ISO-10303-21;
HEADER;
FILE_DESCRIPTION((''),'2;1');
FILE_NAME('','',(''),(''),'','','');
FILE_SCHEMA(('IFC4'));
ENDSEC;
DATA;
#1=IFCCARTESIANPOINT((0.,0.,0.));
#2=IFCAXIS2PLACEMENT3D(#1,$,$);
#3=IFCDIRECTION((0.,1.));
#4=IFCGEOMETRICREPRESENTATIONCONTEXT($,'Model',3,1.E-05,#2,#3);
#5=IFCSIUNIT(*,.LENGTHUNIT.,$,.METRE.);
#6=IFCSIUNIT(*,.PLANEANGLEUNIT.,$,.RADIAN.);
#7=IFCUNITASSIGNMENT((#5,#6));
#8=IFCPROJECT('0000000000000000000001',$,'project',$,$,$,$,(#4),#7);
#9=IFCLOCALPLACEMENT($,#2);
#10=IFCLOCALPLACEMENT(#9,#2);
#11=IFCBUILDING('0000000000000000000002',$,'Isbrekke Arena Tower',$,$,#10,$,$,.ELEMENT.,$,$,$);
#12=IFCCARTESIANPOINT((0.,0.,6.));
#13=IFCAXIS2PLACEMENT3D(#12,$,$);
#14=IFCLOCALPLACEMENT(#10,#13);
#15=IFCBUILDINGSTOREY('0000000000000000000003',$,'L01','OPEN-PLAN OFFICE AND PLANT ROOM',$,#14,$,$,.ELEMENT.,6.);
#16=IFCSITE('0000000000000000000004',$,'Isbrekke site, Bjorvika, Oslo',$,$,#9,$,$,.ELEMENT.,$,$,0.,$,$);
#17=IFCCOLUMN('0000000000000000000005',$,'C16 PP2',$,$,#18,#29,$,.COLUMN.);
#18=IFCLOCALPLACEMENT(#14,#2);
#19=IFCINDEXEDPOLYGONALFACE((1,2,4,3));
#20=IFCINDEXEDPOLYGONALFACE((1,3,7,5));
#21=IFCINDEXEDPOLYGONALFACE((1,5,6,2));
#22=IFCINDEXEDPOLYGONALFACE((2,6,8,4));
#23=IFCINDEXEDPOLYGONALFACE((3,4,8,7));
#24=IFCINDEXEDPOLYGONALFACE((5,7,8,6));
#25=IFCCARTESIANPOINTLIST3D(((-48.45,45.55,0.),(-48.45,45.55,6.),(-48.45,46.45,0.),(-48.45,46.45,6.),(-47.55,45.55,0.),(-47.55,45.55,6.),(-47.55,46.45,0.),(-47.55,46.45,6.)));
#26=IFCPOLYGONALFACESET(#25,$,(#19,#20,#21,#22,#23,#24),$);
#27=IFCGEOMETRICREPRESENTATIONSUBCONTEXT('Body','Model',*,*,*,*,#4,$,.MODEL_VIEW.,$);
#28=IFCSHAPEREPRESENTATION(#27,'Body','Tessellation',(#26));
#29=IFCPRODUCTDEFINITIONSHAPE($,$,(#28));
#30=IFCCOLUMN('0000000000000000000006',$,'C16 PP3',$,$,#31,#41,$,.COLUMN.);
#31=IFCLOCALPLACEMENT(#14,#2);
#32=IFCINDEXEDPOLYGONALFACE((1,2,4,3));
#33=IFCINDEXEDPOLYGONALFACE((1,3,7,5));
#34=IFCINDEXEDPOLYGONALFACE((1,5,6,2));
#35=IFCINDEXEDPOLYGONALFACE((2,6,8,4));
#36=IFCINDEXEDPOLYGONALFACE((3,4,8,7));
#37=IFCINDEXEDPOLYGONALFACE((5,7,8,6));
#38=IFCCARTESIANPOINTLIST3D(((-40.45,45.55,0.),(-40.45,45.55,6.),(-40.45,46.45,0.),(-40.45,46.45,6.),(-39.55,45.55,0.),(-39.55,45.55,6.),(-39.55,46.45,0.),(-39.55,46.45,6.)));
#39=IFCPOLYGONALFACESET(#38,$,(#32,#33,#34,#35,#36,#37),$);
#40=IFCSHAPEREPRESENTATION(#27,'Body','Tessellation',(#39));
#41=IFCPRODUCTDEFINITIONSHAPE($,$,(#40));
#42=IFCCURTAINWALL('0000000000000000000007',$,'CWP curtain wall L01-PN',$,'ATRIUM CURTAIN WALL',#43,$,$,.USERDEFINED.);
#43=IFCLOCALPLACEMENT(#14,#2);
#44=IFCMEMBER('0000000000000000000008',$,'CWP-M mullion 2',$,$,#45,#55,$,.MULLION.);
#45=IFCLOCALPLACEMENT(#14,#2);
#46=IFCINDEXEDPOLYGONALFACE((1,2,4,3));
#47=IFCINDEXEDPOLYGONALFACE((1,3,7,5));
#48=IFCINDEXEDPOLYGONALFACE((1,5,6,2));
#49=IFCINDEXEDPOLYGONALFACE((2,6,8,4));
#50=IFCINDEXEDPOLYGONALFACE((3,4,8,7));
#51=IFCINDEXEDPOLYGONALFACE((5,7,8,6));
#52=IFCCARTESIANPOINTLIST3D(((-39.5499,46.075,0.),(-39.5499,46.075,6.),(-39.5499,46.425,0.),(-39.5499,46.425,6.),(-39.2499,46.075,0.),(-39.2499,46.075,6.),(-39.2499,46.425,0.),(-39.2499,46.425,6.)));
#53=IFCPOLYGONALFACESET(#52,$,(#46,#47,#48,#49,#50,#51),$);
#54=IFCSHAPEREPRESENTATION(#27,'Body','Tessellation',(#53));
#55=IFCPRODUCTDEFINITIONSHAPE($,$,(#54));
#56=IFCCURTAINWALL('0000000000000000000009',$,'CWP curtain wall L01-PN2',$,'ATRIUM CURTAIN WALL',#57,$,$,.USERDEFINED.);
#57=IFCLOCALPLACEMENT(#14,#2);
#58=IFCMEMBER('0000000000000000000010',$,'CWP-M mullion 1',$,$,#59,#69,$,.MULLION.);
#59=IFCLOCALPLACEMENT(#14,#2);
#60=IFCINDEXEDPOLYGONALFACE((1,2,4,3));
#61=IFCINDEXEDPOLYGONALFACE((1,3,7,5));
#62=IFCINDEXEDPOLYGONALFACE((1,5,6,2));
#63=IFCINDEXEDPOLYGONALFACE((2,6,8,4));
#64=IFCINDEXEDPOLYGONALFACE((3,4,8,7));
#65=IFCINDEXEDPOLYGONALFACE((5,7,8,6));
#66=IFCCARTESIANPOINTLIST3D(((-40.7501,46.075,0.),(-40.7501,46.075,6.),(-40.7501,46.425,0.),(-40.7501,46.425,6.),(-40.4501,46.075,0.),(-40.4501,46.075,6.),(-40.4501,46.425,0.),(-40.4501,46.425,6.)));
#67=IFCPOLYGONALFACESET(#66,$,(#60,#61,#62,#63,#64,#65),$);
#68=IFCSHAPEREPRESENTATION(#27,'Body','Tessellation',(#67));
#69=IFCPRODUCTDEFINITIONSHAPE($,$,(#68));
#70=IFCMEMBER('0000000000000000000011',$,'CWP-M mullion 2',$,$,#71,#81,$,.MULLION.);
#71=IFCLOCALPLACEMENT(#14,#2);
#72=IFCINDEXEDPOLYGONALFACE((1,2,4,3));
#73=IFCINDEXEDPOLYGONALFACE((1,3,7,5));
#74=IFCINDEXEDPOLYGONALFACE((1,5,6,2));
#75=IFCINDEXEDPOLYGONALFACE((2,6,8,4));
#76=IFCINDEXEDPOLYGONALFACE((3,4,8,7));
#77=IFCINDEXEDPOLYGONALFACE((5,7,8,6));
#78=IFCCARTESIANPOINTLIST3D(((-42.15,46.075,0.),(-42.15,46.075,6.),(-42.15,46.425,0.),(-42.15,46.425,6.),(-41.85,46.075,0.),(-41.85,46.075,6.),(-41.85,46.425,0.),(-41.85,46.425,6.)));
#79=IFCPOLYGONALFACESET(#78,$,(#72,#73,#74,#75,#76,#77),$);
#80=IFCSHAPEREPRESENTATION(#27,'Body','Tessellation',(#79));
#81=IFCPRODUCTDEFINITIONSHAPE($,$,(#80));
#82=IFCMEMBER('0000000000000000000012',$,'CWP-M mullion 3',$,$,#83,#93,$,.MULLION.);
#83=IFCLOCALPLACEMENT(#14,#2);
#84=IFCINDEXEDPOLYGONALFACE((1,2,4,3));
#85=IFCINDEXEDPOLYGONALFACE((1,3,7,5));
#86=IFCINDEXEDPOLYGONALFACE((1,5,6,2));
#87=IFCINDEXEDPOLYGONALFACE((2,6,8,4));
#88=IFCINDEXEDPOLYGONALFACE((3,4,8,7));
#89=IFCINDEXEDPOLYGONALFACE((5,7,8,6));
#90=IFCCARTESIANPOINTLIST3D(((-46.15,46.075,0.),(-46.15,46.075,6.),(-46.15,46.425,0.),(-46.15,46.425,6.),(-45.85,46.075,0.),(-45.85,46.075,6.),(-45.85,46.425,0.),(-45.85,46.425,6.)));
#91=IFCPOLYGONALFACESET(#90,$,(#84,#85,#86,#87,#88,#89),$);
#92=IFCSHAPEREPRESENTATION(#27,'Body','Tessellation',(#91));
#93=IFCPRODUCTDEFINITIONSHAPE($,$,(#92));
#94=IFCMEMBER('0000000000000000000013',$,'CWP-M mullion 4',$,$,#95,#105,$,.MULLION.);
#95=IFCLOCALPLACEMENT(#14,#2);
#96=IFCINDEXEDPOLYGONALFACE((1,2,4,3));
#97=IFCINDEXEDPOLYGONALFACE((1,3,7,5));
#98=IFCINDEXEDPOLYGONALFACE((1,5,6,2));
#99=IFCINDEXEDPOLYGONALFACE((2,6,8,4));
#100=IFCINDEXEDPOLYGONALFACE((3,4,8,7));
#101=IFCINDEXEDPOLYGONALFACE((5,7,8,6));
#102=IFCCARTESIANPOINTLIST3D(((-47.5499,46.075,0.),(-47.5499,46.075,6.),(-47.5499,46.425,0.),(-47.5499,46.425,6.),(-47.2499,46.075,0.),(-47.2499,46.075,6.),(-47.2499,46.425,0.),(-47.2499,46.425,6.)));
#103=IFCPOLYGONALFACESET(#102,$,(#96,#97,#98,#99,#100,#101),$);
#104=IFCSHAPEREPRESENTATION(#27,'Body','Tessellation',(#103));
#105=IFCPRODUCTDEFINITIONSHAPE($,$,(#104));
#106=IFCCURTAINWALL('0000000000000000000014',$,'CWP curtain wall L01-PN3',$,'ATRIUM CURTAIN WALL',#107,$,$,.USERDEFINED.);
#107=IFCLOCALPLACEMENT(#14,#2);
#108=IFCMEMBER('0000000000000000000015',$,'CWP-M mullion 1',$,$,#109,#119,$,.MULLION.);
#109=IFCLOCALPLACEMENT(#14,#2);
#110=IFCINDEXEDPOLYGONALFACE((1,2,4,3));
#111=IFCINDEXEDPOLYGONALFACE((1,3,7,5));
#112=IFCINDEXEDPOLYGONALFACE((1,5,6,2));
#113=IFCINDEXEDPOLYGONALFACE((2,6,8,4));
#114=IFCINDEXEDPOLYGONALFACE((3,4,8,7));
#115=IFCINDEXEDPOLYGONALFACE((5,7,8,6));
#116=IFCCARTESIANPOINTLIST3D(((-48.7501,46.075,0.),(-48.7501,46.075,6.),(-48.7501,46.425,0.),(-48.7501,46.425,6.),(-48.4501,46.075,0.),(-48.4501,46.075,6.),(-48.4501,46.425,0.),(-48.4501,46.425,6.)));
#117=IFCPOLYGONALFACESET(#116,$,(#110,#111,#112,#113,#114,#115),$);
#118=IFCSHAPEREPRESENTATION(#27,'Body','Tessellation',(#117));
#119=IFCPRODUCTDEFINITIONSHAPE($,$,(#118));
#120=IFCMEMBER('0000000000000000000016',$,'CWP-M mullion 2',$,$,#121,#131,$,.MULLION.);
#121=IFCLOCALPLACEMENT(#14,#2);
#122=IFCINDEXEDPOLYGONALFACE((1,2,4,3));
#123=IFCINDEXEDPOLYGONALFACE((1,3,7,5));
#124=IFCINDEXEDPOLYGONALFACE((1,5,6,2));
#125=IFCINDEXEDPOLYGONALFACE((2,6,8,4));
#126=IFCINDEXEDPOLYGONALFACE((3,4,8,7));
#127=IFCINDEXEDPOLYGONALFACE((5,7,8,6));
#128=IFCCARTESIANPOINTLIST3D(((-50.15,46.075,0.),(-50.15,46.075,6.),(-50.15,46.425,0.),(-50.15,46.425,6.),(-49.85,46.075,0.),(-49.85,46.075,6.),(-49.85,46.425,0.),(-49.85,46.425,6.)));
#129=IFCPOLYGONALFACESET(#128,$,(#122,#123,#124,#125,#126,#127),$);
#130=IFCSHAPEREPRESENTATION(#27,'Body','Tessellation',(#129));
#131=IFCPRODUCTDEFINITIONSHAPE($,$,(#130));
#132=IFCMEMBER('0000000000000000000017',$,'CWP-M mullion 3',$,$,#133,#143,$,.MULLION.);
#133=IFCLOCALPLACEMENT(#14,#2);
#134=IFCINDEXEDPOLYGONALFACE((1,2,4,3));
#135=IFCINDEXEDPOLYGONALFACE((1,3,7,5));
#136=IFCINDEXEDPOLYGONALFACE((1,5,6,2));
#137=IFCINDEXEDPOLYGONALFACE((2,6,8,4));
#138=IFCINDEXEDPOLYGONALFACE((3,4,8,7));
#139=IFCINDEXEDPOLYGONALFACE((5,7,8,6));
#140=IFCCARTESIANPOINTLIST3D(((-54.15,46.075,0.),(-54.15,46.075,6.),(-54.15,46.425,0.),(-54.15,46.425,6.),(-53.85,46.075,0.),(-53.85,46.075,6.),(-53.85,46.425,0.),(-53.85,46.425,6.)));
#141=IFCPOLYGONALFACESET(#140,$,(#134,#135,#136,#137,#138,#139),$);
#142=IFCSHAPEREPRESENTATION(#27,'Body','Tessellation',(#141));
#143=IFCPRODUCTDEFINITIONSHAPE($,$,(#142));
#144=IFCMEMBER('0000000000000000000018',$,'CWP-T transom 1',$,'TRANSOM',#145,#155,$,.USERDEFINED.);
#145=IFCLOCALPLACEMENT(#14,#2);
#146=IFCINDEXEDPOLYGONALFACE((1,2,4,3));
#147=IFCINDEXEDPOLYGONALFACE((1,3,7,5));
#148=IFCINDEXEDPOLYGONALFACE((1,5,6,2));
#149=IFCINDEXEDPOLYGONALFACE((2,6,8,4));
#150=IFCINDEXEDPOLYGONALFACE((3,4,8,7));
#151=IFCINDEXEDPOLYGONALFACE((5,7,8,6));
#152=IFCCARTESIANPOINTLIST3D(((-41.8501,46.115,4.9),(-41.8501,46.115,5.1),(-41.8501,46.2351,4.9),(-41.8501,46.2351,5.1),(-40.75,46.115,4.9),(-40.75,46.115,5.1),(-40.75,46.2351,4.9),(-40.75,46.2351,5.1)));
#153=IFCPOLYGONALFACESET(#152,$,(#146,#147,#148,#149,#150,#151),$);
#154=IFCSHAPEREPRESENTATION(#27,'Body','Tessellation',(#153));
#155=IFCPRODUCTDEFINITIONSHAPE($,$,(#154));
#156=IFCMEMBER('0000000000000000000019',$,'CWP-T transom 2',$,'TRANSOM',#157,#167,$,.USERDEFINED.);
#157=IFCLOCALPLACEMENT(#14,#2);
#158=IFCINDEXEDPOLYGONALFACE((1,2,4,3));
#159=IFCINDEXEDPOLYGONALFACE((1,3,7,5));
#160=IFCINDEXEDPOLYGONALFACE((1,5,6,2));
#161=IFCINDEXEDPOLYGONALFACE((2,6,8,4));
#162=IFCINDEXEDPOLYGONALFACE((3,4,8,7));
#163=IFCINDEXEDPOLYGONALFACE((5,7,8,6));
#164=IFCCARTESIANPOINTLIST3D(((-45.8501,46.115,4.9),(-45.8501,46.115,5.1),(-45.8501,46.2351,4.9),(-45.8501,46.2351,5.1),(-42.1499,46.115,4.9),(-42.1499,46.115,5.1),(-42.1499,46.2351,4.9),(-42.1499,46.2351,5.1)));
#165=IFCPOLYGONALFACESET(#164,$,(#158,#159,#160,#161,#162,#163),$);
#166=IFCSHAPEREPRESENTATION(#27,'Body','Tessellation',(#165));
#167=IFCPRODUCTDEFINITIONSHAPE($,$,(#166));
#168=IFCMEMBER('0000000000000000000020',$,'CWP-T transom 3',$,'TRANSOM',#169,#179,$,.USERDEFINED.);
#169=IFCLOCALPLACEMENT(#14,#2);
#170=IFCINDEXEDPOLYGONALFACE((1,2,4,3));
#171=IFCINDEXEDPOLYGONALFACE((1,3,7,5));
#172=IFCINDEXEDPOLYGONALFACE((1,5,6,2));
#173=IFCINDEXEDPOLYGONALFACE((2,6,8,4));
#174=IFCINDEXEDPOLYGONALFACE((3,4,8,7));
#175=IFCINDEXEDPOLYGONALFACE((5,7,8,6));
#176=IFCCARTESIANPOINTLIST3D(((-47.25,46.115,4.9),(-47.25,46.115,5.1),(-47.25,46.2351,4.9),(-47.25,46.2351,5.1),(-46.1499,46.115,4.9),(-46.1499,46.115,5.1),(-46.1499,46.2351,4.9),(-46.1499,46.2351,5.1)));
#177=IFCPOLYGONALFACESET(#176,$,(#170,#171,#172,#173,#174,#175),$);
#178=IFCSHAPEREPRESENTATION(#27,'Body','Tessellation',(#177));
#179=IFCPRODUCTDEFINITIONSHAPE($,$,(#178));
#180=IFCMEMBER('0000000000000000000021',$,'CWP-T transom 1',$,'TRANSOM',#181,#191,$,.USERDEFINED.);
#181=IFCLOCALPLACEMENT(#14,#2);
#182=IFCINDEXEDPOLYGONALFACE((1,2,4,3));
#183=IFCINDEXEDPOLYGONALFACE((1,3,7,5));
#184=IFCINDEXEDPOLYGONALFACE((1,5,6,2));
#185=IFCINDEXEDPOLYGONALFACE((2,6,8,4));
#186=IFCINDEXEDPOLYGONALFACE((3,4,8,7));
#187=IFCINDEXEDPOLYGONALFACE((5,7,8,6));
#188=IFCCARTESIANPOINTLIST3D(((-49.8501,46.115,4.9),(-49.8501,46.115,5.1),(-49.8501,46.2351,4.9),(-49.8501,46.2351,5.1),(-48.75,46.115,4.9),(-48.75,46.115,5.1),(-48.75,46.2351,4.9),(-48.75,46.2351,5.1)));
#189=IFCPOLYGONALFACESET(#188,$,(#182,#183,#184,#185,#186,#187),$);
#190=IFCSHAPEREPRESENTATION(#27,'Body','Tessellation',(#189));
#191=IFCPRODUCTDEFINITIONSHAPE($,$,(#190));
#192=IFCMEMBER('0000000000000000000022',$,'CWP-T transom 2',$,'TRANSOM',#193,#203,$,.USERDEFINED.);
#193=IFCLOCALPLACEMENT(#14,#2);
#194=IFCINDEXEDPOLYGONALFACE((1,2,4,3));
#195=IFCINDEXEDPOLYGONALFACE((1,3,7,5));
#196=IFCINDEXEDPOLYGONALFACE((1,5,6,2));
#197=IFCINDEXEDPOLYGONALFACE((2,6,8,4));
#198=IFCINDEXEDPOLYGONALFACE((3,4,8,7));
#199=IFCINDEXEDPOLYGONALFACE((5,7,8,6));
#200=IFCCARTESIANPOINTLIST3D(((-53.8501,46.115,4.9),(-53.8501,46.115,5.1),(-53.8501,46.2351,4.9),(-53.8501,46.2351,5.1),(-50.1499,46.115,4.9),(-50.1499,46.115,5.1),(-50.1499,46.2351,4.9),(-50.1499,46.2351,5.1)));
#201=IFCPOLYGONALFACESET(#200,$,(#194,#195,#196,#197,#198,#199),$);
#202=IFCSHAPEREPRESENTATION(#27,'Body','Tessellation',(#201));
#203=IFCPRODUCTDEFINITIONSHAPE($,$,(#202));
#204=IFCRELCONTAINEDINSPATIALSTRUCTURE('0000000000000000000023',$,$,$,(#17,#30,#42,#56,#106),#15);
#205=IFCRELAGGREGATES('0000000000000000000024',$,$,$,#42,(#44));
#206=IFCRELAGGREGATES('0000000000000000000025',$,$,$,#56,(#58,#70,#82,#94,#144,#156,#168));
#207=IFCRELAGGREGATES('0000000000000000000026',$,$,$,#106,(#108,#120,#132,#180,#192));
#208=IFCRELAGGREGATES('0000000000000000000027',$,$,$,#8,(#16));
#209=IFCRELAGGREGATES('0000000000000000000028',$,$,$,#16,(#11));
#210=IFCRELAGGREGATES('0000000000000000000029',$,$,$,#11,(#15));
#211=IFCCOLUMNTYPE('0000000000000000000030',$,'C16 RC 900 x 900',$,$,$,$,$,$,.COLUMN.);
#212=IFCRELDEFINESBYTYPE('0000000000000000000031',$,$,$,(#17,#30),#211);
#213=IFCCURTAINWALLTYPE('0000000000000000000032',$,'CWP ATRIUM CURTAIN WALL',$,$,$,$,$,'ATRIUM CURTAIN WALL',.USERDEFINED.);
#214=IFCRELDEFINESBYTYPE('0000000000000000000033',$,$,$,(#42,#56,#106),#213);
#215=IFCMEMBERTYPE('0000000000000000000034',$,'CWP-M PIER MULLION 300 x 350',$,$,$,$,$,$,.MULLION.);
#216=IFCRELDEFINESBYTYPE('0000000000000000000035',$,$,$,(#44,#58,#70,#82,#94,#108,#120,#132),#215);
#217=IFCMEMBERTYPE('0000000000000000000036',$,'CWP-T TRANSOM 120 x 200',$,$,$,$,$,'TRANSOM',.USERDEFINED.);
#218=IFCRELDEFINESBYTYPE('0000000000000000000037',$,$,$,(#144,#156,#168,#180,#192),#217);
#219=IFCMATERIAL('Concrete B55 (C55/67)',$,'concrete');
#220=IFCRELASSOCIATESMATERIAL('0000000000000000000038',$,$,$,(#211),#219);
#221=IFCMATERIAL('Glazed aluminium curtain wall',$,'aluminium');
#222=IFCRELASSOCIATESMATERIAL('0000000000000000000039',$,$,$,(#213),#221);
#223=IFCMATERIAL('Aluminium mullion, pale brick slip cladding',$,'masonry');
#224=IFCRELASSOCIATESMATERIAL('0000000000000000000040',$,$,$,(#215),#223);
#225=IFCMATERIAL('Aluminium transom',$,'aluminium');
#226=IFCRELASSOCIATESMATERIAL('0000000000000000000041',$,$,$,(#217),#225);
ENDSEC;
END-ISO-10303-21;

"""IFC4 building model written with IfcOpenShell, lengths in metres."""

from ifc_helpers import new_model, si_unit, direction, frame, origin, origin_2d, place, context, subcontext, project, spatial, rectangle, extrude, material, material_profile, profile_set, type_object, element, aggregate, save


model = new_model("IFC4")

# Units and contexts
model_context = context("Model", 3, precision=1e-05, world=origin(), true_north=direction((0.0, 1.0)))
body_context = subcontext(model_context, "Body", "Model", "MODEL_VIEW")
ifc_project = project(units=[si_unit("LENGTHUNIT", "METRE"), si_unit("PLANEANGLEUNIT", "RADIAN")], contexts=[model_context])

# Site, building, storey
site_placement = place(None, origin())
site = spatial("IfcSite", under=ifc_project, at=site_placement, Name="Isbrekke site, Bjorvika, Oslo", CompositionType="ELEMENT", RefElevation=0.0)
building_placement = place(site_placement, origin())
building = spatial("IfcBuilding", under=site, at=building_placement, Name="Isbrekke Arena Tower", CompositionType="ELEMENT")
storey_placement = place(building_placement, frame((0.0, 0.0, 6.0)))
storey = spatial("IfcBuildingStorey", under=building, at=storey_placement, Name="L01", Description="OPEN-PLAN OFFICE AND PLANT ROOM", CompositionType="ELEMENT", Elevation=6.0)

# Columns
ifc_material_1 = material(Name="Concrete B55 (C55/67)", Category="concrete")
ifc_material_profile_1 = material_profile(ifc_material_1, rectangle(XDim=0.8999, YDim=0.8999, at=origin_2d()), Name="RC 900x900")
ifc_profile_set_1 = profile_set([ifc_material_profile_1], Name="Concrete B55 (C55/67)")
column_type = type_object("IfcColumnType", Name="C16 RC 900 x 900", PredefinedType="COLUMN", material=ifc_profile_set_1)
for number, where, z_axis, x_axis, name in (
    (1, (-48.0, 46.0, 0.0), (0.0, 0.0, 1.0), (1.0, 0.0, 0.0), "C16 PP2"),
    (2, (-40.0, 46.0, 0.0), (0.0, 0.0, 1.0), (1.0, 0.0, 0.0), "C16 PP3"),
):
    element("IfcColumn", number, at=place(storey_placement, frame(where, z_axis=z_axis, x_axis=x_axis)), inside=storey, type_object=column_type, Name=name, PredefinedType="COLUMN", context=body_context, shape_type="SweptSolid", body=[
        extrude(rectangle(XDim=0.8999, YDim=0.8999, at=origin_2d()), origin(), (0.0, 0.0, 1.0), 6.0),
    ])

# Curtain wall, member
ifc_material_2 = material(Name="Glazed aluminium curtain wall", Category="aluminium")
curtain_wall_type = type_object("IfcCurtainWallType", Name="CWP ATRIUM CURTAIN WALL", ElementType="ATRIUM CURTAIN WALL", PredefinedType="USERDEFINED", material=ifc_material_2)
curtain_wall_1_placement = place(storey_placement, origin())
curtain_wall_1 = element("IfcCurtainWall", 3, at=curtain_wall_1_placement, inside=storey, type_object=curtain_wall_type, Name="CWP curtain wall L01-PN", ObjectType="ATRIUM CURTAIN WALL", PredefinedType="USERDEFINED")
ifc_material_3 = material(Name="Aluminium mullion, pale brick slip cladding", Category="masonry")
ifc_material_profile_2 = material_profile(ifc_material_3, rectangle(XDim=0.3, YDim=0.3501, at=origin_2d()), Name="PIER 300X350")
ifc_profile_set_2 = profile_set([ifc_material_profile_2], Name="Aluminium mullion, pale brick slip cladding")
member_type_1 = type_object("IfcMemberType", Name="CWP-M PIER MULLION 300 x 350", PredefinedType="MULLION", material=ifc_profile_set_2)
member_1_placement = place(storey_placement, frame((-39.3999, 46.25, 0.0), z_axis=(0.0, 0.0, 1.0), x_axis=(-1.0, 0.0, 0.0)))
member_1 = element("IfcMember", 4, at=member_1_placement, type_object=member_type_1, Name="CWP-M mullion 2", PredefinedType="MULLION", context=body_context, shape_type="SweptSolid", body=[
    extrude(rectangle(XDim=0.3, YDim=0.3501, at=origin_2d()), origin(), (0.0, 0.0, 1.0), 6.0),
])
aggregate(curtain_wall_1, [member_1])

# Curtain walls, members
curtain_wall_2_placement = place(storey_placement, origin())
curtain_wall_2 = element("IfcCurtainWall", 5, at=curtain_wall_2_placement, inside=storey, type_object=curtain_wall_type, Name="CWP curtain wall L01-PN2", ObjectType="ATRIUM CURTAIN WALL", PredefinedType="USERDEFINED")
member_2_placement = place(storey_placement, frame((-40.6001, 46.25, 0.0), z_axis=(0.0, 0.0, 1.0), x_axis=(-1.0, 0.0, 0.0)))
member_2 = element("IfcMember", 6, at=member_2_placement, type_object=member_type_1, Name="CWP-M mullion 1", PredefinedType="MULLION", context=body_context, shape_type="SweptSolid", body=[
    extrude(rectangle(XDim=0.3, YDim=0.3501, at=origin_2d()), origin(), (0.0, 0.0, 1.0), 6.0),
])
member_3_placement = place(storey_placement, frame((-42.0, 46.25, 0.0), z_axis=(0.0, 0.0, 1.0), x_axis=(-1.0, 0.0, 0.0)))
member_3 = element("IfcMember", 7, at=member_3_placement, type_object=member_type_1, Name="CWP-M mullion 2", PredefinedType="MULLION", context=body_context, shape_type="SweptSolid", body=[
    extrude(rectangle(XDim=0.3, YDim=0.3501, at=origin_2d()), origin(), (0.0, 0.0, 1.0), 6.0),
])
member_4_placement = place(storey_placement, frame((-46.0, 46.25, 0.0), z_axis=(0.0, 0.0, 1.0), x_axis=(-1.0, 0.0, 0.0)))
member_4 = element("IfcMember", 8, at=member_4_placement, type_object=member_type_1, Name="CWP-M mullion 3", PredefinedType="MULLION", context=body_context, shape_type="SweptSolid", body=[
    extrude(rectangle(XDim=0.3, YDim=0.3501, at=origin_2d()), origin(), (0.0, 0.0, 1.0), 6.0),
])
member_5_placement = place(storey_placement, frame((-47.3999, 46.25, 0.0), z_axis=(0.0, 0.0, 1.0), x_axis=(-1.0, 0.0, 0.0)))
member_5 = element("IfcMember", 9, at=member_5_placement, type_object=member_type_1, Name="CWP-M mullion 4", PredefinedType="MULLION", context=body_context, shape_type="SweptSolid", body=[
    extrude(rectangle(XDim=0.3, YDim=0.3501, at=origin_2d()), origin(), (0.0, 0.0, 1.0), 6.0),
])
curtain_wall_3_placement = place(storey_placement, origin())
curtain_wall_3 = element("IfcCurtainWall", 10, at=curtain_wall_3_placement, inside=storey, type_object=curtain_wall_type, Name="CWP curtain wall L01-PN3", ObjectType="ATRIUM CURTAIN WALL", PredefinedType="USERDEFINED")
member_6_placement = place(storey_placement, frame((-48.6001, 46.25, 0.0), z_axis=(0.0, 0.0, 1.0), x_axis=(-1.0, 0.0, 0.0)))
member_6 = element("IfcMember", 11, at=member_6_placement, type_object=member_type_1, Name="CWP-M mullion 1", PredefinedType="MULLION", context=body_context, shape_type="SweptSolid", body=[
    extrude(rectangle(XDim=0.3, YDim=0.3501, at=origin_2d()), origin(), (0.0, 0.0, 1.0), 6.0),
])
member_7_placement = place(storey_placement, frame((-50.0, 46.25, 0.0), z_axis=(0.0, 0.0, 1.0), x_axis=(-1.0, 0.0, 0.0)))
member_7 = element("IfcMember", 12, at=member_7_placement, type_object=member_type_1, Name="CWP-M mullion 2", PredefinedType="MULLION", context=body_context, shape_type="SweptSolid", body=[
    extrude(rectangle(XDim=0.3, YDim=0.3501, at=origin_2d()), origin(), (0.0, 0.0, 1.0), 6.0),
])
member_8_placement = place(storey_placement, frame((-54.0, 46.25, 0.0), z_axis=(0.0, 0.0, 1.0), x_axis=(-1.0, 0.0, 0.0)))
member_8 = element("IfcMember", 13, at=member_8_placement, type_object=member_type_1, Name="CWP-M mullion 3", PredefinedType="MULLION", context=body_context, shape_type="SweptSolid", body=[
    extrude(rectangle(XDim=0.3, YDim=0.3501, at=origin_2d()), origin(), (0.0, 0.0, 1.0), 6.0),
])

# Members
ifc_material_4 = material(Name="Aluminium transom", Category="aluminium")
ifc_material_profile_3 = material_profile(ifc_material_4, rectangle(XDim=0.1201, YDim=0.2, at=origin_2d()), Name="TRANSOM 120X200")
ifc_profile_set_3 = profile_set([ifc_material_profile_3], Name="Aluminium transom")
member_type_2 = type_object("IfcMemberType", Name="CWP-T TRANSOM 120 x 200", ElementType="TRANSOM", PredefinedType="USERDEFINED", material=ifc_profile_set_3)
member_9_placement = place(storey_placement, frame((-40.75, 46.175, 5.0), z_axis=(-1.0, 0.0, 0.0), x_axis=(0.0, -1.0, 0.0)))
member_9 = element("IfcMember", 14, at=member_9_placement, type_object=member_type_2, Name="CWP-T transom 1", ObjectType="TRANSOM", PredefinedType="USERDEFINED", context=body_context, shape_type="SweptSolid", body=[
    extrude(rectangle(XDim=0.1201, YDim=0.2, at=origin_2d()), origin(), (0.0, 0.0, 1.0), 1.1001),
])
member_10_placement = place(storey_placement, frame((-42.1499, 46.175, 5.0), z_axis=(-1.0, 0.0, 0.0), x_axis=(0.0, -1.0, 0.0)))
member_10 = element("IfcMember", 15, at=member_10_placement, type_object=member_type_2, Name="CWP-T transom 2", ObjectType="TRANSOM", PredefinedType="USERDEFINED", context=body_context, shape_type="SweptSolid", body=[
    extrude(rectangle(XDim=0.1201, YDim=0.2, at=origin_2d()), origin(), (0.0, 0.0, 1.0), 3.7002),
])
member_11_placement = place(storey_placement, frame((-46.1499, 46.175, 5.0), z_axis=(-1.0, 0.0, 0.0), x_axis=(0.0, -1.0, 0.0)))
member_11 = element("IfcMember", 16, at=member_11_placement, type_object=member_type_2, Name="CWP-T transom 3", ObjectType="TRANSOM", PredefinedType="USERDEFINED", context=body_context, shape_type="SweptSolid", body=[
    extrude(rectangle(XDim=0.1201, YDim=0.2, at=origin_2d()), origin(), (0.0, 0.0, 1.0), 1.1001),
])
member_12_placement = place(storey_placement, frame((-48.75, 46.175, 5.0), z_axis=(-1.0, 0.0, 0.0), x_axis=(0.0, -1.0, 0.0)))
member_12 = element("IfcMember", 17, at=member_12_placement, type_object=member_type_2, Name="CWP-T transom 1", ObjectType="TRANSOM", PredefinedType="USERDEFINED", context=body_context, shape_type="SweptSolid", body=[
    extrude(rectangle(XDim=0.1201, YDim=0.2, at=origin_2d()), origin(), (0.0, 0.0, 1.0), 1.1001),
])
member_13_placement = place(storey_placement, frame((-50.1499, 46.175, 5.0), z_axis=(-1.0, 0.0, 0.0), x_axis=(0.0, -1.0, 0.0)))
member_13 = element("IfcMember", 18, at=member_13_placement, type_object=member_type_2, Name="CWP-T transom 2", ObjectType="TRANSOM", PredefinedType="USERDEFINED", context=body_context, shape_type="SweptSolid", body=[
    extrude(rectangle(XDim=0.1201, YDim=0.2, at=origin_2d()), origin(), (0.0, 0.0, 1.0), 3.7002),
])

aggregate(curtain_wall_2, [member_2, member_3, member_4, member_5, member_9, member_10, member_11])
aggregate(curtain_wall_3, [member_6, member_7, member_8, member_12, member_13])

save(model, "model.ifc")
